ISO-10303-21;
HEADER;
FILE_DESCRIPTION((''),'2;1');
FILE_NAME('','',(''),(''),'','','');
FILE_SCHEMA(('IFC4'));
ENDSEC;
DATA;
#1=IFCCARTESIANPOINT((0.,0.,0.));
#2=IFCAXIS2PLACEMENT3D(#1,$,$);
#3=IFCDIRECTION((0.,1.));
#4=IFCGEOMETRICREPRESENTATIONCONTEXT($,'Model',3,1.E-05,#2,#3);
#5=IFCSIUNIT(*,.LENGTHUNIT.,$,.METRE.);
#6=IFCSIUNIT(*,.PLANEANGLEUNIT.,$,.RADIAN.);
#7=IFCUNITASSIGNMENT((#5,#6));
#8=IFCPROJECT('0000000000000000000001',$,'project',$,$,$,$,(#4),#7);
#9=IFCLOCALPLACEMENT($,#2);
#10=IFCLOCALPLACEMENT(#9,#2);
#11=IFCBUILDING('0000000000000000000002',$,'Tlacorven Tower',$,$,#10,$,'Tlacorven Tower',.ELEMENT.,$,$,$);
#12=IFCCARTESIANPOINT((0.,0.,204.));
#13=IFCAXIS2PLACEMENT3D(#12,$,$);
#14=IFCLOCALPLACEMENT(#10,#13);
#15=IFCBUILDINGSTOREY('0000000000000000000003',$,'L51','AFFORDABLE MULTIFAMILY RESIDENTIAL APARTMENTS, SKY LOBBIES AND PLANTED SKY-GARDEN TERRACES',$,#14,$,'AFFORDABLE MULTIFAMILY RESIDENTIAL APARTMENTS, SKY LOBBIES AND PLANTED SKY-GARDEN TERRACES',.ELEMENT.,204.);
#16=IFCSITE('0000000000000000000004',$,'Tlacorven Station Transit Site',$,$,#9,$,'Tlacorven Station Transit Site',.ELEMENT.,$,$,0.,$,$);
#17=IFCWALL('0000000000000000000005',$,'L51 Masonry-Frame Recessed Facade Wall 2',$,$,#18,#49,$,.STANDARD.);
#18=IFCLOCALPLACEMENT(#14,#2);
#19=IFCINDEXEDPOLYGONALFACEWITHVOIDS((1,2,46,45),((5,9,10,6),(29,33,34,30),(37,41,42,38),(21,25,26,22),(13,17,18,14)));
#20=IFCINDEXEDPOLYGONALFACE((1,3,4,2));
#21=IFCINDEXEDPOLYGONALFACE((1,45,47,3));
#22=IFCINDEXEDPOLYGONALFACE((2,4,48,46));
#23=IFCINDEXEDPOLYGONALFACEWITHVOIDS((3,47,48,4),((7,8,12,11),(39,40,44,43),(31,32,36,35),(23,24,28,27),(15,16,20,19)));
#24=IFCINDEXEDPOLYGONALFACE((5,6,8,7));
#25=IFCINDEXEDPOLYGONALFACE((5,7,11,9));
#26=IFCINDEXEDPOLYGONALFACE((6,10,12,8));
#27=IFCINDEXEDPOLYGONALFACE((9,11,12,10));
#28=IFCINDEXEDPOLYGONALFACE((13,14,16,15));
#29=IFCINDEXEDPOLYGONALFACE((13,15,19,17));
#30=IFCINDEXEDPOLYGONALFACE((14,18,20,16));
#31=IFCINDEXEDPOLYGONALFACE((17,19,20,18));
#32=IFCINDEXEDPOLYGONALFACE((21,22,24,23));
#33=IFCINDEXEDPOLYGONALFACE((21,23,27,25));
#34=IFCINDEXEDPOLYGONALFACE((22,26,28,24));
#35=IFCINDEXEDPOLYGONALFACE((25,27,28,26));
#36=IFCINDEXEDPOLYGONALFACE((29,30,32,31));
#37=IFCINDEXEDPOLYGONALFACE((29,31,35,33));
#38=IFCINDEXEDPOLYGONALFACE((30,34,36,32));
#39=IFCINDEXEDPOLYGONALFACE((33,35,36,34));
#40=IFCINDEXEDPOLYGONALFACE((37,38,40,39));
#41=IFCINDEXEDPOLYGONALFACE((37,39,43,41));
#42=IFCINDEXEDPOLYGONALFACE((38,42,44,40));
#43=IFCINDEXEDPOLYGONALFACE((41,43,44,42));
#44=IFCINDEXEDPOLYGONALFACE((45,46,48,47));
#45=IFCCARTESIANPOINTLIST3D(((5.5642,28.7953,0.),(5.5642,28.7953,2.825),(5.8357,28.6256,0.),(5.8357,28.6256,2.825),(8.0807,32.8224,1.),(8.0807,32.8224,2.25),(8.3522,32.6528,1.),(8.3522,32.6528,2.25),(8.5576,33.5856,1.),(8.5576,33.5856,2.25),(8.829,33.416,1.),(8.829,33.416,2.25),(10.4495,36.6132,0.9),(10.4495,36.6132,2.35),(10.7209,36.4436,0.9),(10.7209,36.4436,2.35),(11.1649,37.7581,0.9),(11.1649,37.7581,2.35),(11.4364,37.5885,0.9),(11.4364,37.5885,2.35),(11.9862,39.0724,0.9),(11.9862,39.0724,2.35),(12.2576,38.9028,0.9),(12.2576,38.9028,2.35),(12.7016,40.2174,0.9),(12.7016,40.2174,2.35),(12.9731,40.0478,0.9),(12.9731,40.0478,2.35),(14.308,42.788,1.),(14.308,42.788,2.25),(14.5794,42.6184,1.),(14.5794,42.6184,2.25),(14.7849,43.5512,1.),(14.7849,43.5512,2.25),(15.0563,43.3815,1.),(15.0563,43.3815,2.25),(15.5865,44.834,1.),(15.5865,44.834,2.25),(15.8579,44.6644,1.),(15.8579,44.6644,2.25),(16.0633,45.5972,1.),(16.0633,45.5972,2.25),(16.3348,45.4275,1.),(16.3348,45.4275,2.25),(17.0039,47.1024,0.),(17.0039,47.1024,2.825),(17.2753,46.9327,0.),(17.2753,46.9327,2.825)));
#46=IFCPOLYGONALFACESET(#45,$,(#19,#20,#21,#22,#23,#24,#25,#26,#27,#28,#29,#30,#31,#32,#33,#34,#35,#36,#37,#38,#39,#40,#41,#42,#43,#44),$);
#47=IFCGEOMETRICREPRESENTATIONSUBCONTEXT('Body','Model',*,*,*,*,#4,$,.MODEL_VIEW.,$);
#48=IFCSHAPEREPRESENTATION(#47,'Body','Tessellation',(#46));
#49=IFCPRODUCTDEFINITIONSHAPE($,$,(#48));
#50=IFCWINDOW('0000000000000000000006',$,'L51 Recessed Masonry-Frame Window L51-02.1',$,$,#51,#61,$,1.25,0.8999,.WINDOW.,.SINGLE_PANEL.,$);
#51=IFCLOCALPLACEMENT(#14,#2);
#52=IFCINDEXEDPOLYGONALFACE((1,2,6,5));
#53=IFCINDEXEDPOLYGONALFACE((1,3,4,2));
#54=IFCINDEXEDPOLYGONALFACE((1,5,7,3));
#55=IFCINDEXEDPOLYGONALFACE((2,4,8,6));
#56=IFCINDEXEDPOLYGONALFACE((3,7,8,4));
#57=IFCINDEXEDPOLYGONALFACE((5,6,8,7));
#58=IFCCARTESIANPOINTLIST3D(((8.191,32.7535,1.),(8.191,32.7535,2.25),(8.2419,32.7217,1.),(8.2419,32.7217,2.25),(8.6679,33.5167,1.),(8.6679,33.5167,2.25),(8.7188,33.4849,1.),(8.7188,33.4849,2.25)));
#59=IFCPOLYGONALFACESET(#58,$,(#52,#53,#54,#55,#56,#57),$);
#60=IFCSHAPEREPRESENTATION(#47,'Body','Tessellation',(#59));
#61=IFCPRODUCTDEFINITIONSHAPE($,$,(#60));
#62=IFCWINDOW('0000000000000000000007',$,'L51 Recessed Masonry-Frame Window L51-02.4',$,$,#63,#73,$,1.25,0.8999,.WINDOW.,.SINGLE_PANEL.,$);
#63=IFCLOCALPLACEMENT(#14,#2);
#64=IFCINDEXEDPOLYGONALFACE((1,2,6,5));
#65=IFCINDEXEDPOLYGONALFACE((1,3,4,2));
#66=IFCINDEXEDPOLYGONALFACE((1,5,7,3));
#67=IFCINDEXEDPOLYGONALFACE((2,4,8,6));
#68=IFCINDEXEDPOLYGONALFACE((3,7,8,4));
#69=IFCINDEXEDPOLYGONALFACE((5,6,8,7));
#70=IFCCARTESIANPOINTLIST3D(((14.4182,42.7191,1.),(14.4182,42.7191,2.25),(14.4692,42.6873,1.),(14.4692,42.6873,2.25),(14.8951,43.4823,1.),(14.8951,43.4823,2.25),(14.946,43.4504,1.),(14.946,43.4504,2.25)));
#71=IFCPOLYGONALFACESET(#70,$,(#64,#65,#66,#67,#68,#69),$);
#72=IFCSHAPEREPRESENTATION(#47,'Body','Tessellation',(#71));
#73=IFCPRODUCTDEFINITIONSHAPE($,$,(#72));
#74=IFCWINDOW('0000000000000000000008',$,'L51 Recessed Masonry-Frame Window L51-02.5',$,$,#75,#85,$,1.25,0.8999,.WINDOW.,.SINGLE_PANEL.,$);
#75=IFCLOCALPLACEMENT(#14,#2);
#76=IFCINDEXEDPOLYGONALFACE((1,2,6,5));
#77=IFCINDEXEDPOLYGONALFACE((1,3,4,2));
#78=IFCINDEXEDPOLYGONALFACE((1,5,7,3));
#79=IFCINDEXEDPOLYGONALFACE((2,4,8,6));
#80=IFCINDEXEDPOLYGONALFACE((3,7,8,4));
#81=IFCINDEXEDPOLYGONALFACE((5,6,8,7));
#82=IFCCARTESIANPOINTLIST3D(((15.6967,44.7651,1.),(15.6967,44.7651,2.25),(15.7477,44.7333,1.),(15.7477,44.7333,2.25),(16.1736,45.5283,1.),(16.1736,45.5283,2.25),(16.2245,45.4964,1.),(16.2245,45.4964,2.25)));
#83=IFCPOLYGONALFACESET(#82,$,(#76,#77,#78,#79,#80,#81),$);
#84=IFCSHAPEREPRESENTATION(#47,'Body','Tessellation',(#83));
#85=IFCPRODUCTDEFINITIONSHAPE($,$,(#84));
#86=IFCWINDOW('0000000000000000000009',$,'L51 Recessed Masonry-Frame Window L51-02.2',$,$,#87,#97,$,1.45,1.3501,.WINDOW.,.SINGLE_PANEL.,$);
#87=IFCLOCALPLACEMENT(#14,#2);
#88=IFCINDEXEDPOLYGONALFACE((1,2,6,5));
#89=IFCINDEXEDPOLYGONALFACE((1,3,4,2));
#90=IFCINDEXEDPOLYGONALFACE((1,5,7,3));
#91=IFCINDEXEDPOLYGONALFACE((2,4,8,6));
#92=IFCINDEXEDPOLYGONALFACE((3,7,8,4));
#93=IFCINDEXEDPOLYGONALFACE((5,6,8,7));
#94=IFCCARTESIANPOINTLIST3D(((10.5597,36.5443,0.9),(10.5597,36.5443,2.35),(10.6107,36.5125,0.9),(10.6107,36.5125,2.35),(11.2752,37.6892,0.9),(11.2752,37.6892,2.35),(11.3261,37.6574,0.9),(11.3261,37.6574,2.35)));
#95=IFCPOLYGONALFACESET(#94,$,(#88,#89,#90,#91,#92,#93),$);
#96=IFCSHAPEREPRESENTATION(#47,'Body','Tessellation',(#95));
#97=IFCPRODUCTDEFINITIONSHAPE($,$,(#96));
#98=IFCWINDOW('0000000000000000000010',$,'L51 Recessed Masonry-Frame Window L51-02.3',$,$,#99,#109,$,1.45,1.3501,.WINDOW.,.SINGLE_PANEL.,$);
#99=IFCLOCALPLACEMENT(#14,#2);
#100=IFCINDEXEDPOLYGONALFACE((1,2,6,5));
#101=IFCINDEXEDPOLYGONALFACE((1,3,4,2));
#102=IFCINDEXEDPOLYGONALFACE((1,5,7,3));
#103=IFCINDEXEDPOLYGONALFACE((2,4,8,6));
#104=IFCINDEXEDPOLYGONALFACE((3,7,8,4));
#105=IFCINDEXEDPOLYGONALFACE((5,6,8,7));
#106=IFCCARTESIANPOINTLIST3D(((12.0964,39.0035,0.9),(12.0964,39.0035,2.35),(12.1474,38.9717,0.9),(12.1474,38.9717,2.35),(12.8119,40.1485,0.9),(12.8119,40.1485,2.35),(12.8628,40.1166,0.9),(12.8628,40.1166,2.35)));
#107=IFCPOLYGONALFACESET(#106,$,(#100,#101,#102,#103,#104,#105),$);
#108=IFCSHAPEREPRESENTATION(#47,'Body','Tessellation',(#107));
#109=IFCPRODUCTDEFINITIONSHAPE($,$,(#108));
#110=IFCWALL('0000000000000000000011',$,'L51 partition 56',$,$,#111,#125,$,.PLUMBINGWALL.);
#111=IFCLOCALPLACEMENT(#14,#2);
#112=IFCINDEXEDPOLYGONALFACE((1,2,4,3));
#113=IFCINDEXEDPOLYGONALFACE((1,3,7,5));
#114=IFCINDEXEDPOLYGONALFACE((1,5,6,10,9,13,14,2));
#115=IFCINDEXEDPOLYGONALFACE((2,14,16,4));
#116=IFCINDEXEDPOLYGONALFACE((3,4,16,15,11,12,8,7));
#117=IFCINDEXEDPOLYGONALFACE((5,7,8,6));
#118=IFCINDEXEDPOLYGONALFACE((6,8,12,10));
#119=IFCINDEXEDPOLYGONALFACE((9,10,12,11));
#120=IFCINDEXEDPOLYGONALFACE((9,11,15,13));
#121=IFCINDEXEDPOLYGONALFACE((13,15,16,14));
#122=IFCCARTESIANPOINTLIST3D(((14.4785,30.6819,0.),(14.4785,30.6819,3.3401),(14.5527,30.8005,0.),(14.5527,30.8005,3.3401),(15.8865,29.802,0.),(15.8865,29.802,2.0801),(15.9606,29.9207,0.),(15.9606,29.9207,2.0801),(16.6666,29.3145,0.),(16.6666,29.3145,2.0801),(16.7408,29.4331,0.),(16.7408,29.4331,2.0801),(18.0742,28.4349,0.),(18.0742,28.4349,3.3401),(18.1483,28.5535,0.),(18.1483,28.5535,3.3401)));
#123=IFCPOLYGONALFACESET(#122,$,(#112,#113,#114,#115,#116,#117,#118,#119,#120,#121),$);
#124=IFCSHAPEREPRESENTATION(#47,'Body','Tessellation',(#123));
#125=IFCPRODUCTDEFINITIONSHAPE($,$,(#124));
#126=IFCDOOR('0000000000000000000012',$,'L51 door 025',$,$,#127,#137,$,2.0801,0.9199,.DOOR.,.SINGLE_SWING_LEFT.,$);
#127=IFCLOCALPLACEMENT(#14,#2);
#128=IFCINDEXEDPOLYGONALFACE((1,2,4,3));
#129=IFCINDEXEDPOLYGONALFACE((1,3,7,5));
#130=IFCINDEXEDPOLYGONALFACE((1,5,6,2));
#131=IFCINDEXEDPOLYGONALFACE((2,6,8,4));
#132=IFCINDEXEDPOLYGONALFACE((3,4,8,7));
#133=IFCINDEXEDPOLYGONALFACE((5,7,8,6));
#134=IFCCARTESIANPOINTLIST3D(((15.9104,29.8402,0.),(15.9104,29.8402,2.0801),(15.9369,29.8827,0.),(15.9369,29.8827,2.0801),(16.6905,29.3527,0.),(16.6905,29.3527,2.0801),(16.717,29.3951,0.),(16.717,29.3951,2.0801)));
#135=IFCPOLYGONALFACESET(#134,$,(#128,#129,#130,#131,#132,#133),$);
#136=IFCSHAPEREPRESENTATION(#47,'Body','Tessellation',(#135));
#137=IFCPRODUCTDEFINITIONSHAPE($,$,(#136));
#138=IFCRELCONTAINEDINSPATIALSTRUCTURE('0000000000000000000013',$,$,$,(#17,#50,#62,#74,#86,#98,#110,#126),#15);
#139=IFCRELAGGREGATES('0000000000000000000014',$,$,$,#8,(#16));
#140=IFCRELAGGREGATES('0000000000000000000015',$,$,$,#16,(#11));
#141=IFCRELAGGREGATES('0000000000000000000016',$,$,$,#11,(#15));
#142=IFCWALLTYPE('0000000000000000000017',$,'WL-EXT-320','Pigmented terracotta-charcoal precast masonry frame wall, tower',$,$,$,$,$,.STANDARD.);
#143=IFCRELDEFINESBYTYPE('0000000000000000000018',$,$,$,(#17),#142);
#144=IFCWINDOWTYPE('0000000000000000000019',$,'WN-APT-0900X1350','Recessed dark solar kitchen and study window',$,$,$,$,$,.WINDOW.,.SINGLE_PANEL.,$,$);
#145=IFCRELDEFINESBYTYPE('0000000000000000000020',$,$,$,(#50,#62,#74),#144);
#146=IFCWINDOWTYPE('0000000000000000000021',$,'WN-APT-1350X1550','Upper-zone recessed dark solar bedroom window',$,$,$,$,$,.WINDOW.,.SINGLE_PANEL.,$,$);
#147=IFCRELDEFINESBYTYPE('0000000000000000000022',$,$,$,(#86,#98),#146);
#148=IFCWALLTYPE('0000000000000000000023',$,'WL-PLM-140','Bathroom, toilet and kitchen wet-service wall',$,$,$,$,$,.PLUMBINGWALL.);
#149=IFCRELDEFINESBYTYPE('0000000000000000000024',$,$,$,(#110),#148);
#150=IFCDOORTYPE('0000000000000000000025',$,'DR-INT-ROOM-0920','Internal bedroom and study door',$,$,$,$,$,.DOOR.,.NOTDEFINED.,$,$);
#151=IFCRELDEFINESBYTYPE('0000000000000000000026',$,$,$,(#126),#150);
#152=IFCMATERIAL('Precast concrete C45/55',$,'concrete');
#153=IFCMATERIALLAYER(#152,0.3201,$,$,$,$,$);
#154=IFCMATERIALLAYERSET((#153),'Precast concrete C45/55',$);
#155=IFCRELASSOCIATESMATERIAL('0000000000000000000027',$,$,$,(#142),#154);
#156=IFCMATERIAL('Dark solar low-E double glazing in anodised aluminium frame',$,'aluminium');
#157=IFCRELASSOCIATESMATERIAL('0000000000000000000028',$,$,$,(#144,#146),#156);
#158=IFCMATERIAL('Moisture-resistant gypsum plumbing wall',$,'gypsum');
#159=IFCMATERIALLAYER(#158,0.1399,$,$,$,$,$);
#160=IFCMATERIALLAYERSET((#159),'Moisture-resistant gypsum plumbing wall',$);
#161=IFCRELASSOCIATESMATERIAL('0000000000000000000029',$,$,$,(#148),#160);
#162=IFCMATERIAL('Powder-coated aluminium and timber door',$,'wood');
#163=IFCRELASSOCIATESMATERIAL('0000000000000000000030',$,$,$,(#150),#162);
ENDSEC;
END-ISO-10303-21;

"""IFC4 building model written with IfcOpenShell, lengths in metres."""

from ifc_helpers import new_model, si_unit, direction, frame, frame_2d, origin, place, context, subcontext, project, spatial, rectangle, extrude, source, transform, mapped, material, layer, layer_set, type_object, element, fill, save


model = new_model("IFC4")

# Units and contexts
model_context = context("Model", 3, precision=1e-05, world=origin(), true_north=direction((0.0, 1.0)))
body_context = subcontext(model_context, "Body", "Model", "MODEL_VIEW")
ifc_project = project(units=[si_unit("LENGTHUNIT", "METRE"), si_unit("PLANEANGLEUNIT", "RADIAN")], contexts=[model_context])

# Site, building, storey
site_placement = place(None, origin())
site = spatial("IfcSite", under=ifc_project, at=site_placement, Name="Tlacorven Station Transit Site", LongName="Tlacorven Station Transit Site", CompositionType="ELEMENT", RefElevation=0.0)
building_placement = place(site_placement, origin())
building = spatial("IfcBuilding", under=site, at=building_placement, Name="Tlacorven Tower", LongName="Tlacorven Tower", CompositionType="ELEMENT")
storey_placement = place(building_placement, frame((0.0, 0.0, 204.0)))
storey = spatial("IfcBuildingStorey", under=building, at=storey_placement, Name="L51", Description="AFFORDABLE MULTIFAMILY RESIDENTIAL APARTMENTS, SKY LOBBIES AND PLANTED SKY-GARDEN TERRACES", LongName="AFFORDABLE MULTIFAMILY RESIDENTIAL APARTMENTS, SKY LOBBIES AND PLANTED SKY-GARDEN TERRACES", CompositionType="ELEMENT", Elevation=204.0)

# Wall, openings, windows
ifc_material_1 = material(Name="Precast concrete C45/55", Category="concrete")
ifc_layer_1 = layer(ifc_material_1, 0.3201)
ifc_layer_set_1 = layer_set([ifc_layer_1], Name="Precast concrete C45/55")
wall_type_1 = type_object("IfcWallType", Name="WL-EXT-320", Description="Pigmented terracotta-charcoal precast masonry frame wall, tower", PredefinedType="STANDARD", material=ifc_layer_set_1)
wall_1_placement = place(storey_placement, frame((5.7, 28.7104, 0.0), z_axis=(0.0, 0.0, 1.0), x_axis=(0.529924, 0.848045, 0.0)))
wall_1 = element("IfcWall", 1, at=wall_1_placement, inside=storey, type_object=wall_type_1, Name="L51 Masonry-Frame Recessed Facade Wall 2", PredefinedType="STANDARD", context=body_context, shape_type="SweptSolid", body=[
    extrude(rectangle(XDim=21.5874, YDim=0.3201, at=frame_2d((10.7937, 0.0))), origin(), (0.0, 0.0, 1.0), 2.825),
])
opening_1_placement = place(wall_1_placement, frame((4.7488, 0.0, 1.0)))
opening_1 = element("IfcOpeningElement", 2, at=opening_1_placement, cuts=wall_1, PredefinedType="OPENING", context=body_context, shape_type="SweptSolid", body=[
    extrude(rectangle(XDim=0.8999, YDim=1.25, at=frame_2d((0.45, 0.625))), frame((0.0, 0.1699, 0.0), z_axis=(0.0, -1.0, 0.0), x_axis=(1.0, 0.0, 0.0)), (0.0, 0.0, 1.0), 0.3401),
])
opening_2_placement = place(wall_1_placement, frame((9.2188, 0.0, 0.8999)))
opening_2 = element("IfcOpeningElement", 3, at=opening_2_placement, cuts=wall_1, PredefinedType="OPENING", context=body_context, shape_type="SweptSolid", body=[
    extrude(rectangle(XDim=1.3501, YDim=1.45, at=frame_2d((0.675, 0.7251))), frame((0.0, 0.1699, 0.0), z_axis=(0.0, -1.0, 0.0), x_axis=(1.0, 0.0, 0.0)), (0.0, 0.0, 1.0), 0.3401),
])
opening_3_placement = place(wall_1_placement, frame((12.1187, 0.0, 0.8999)))
opening_3 = element("IfcOpeningElement", 4, at=opening_3_placement, cuts=wall_1, PredefinedType="OPENING", context=body_context, shape_type="SweptSolid", body=[
    extrude(rectangle(XDim=1.3501, YDim=1.45, at=frame_2d((0.675, 0.7251))), frame((0.0, 0.1699, 0.0), z_axis=(0.0, -1.0, 0.0), x_axis=(1.0, 0.0, 0.0)), (0.0, 0.0, 1.0), 0.3401),
])
opening_4_placement = place(wall_1_placement, frame((16.5, 0.0, 1.0)))
opening_4 = element("IfcOpeningElement", 5, at=opening_4_placement, cuts=wall_1, PredefinedType="OPENING", context=body_context, shape_type="SweptSolid", body=[
    extrude(rectangle(XDim=0.8999, YDim=1.25, at=frame_2d((0.45, 0.625))), frame((0.0, 0.1699, 0.0), z_axis=(0.0, -1.0, 0.0), x_axis=(1.0, 0.0, 0.0)), (0.0, 0.0, 1.0), 0.3401),
])
opening_5_placement = place(wall_1_placement, frame((18.9126, 0.0, 1.0)))
opening_5 = element("IfcOpeningElement", 6, at=opening_5_placement, cuts=wall_1, PredefinedType="OPENING", context=body_context, shape_type="SweptSolid", body=[
    extrude(rectangle(XDim=0.8999, YDim=1.25, at=frame_2d((0.45, 0.625))), frame((0.0, 0.1699, 0.0), z_axis=(0.0, -1.0, 0.0), x_axis=(1.0, 0.0, 0.0)), (0.0, 0.0, 1.0), 0.3401),
])
ifc_material_2 = material(Name="Dark solar low-E double glazing in anodised aluminium frame", Category="aluminium")
window_type_1 = type_object("IfcWindowType", Name="WN-APT-0900X1350", Description="Recessed dark solar kitchen and study window", PartitioningType="SINGLE_PANEL", PredefinedType="WINDOW", material=ifc_material_2)
shared_shape_1 = source(origin(), body_context, "Body", "SweptSolid", [
    extrude(rectangle(XDim=0.8999, YDim=1.25, at=frame_2d((0.45, 0.625))), frame((0.0, 0.03, 0.0), z_axis=(0.0, -1.0, 0.0), x_axis=(1.0, 0.0, 0.0)), (0.0, 0.0, 1.0), 0.0601),
])
window_1_placement = place(opening_1_placement, origin())
window_1 = element("IfcWindow", 7, at=window_1_placement, inside=storey, type_object=window_type_1, Name="L51 Recessed Masonry-Frame Window L51-02.1", OverallHeight=1.25, OverallWidth=0.8999, PartitioningType="SINGLE_PANEL", PredefinedType="WINDOW", context=body_context, shape_type="MappedRepresentation", body=[
    mapped(shared_shape_1, transform((0.0, 0.0, 0.0), scale=1.0)),
])
fill(opening_1, window_1)
window_2_placement = place(opening_4_placement, origin())
window_2 = element("IfcWindow", 8, at=window_2_placement, inside=storey, type_object=window_type_1, Name="L51 Recessed Masonry-Frame Window L51-02.4", OverallHeight=1.25, OverallWidth=0.8999, PartitioningType="SINGLE_PANEL", PredefinedType="WINDOW", context=body_context, shape_type="MappedRepresentation", body=[
    mapped(shared_shape_1, transform((0.0, 0.0, 0.0), scale=1.0)),
])
fill(opening_4, window_2)
window_3_placement = place(opening_5_placement, origin())
window_3 = element("IfcWindow", 9, at=window_3_placement, inside=storey, type_object=window_type_1, Name="L51 Recessed Masonry-Frame Window L51-02.5", OverallHeight=1.25, OverallWidth=0.8999, PartitioningType="SINGLE_PANEL", PredefinedType="WINDOW", context=body_context, shape_type="MappedRepresentation", body=[
    mapped(shared_shape_1, transform((0.0, 0.0, 0.0), scale=1.0)),
])
fill(opening_5, window_3)
window_type_2 = type_object("IfcWindowType", Name="WN-APT-1350X1550", Description="Upper-zone recessed dark solar bedroom window", PartitioningType="SINGLE_PANEL", PredefinedType="WINDOW", material=ifc_material_2)
shared_shape_2 = source(origin(), body_context, "Body", "SweptSolid", [
    extrude(rectangle(XDim=1.3501, YDim=1.45, at=frame_2d((0.675, 0.7251))), frame((0.0, 0.03, 0.0), z_axis=(0.0, -1.0, 0.0), x_axis=(1.0, 0.0, 0.0)), (0.0, 0.0, 1.0), 0.0601),
])
window_4_placement = place(opening_2_placement, origin())
window_4 = element("IfcWindow", 10, at=window_4_placement, inside=storey, type_object=window_type_2, Name="L51 Recessed Masonry-Frame Window L51-02.2", OverallHeight=1.45, OverallWidth=1.3501, PartitioningType="SINGLE_PANEL", PredefinedType="WINDOW", context=body_context, shape_type="MappedRepresentation", body=[
    mapped(shared_shape_2, transform((0.0, 0.0, 0.0), scale=1.0)),
])
fill(opening_2, window_4)
window_5_placement = place(opening_3_placement, origin())
window_5 = element("IfcWindow", 11, at=window_5_placement, inside=storey, type_object=window_type_2, Name="L51 Recessed Masonry-Frame Window L51-02.3", OverallHeight=1.45, OverallWidth=1.3501, PartitioningType="SINGLE_PANEL", PredefinedType="WINDOW", context=body_context, shape_type="MappedRepresentation", body=[
    mapped(shared_shape_2, transform((0.0, 0.0, 0.0), scale=1.0)),
])
fill(opening_3, window_5)

# Wall, opening, door
ifc_material_3 = material(Name="Moisture-resistant gypsum plumbing wall", Category="gypsum")
ifc_layer_2 = layer(ifc_material_3, 0.1399)
ifc_layer_set_2 = layer_set([ifc_layer_2], Name="Moisture-resistant gypsum plumbing wall")
wall_type_2 = type_object("IfcWallType", Name="WL-PLM-140", Description="Bathroom, toilet and kitchen wet-service wall", PredefinedType="PLUMBINGWALL", material=ifc_layer_set_2)
wall_2_placement = place(storey_placement, frame((18.1113, 28.4941, 0.0), z_axis=(0.0, 0.0, 1.0), x_axis=(-0.848024, 0.529958, 0.0)))
wall_2 = element("IfcWall", 12, at=wall_2_placement, inside=storey, type_object=wall_type_2, Name="L51 partition 56", PredefinedType="PLUMBINGWALL", context=body_context, shape_type="SweptSolid", body=[
    extrude(rectangle(XDim=4.24, YDim=0.1399, at=frame_2d((2.1201, 0.0))), origin(), (0.0, 0.0, 1.0), 3.3401),
])
opening_6_placement = place(wall_2_placement, frame((1.6599, 0.0, 0.0)))
opening_6 = element("IfcOpeningElement", 13, at=opening_6_placement, cuts=wall_2, PredefinedType="OPENING", context=body_context, shape_type="SweptSolid", body=[
    extrude(rectangle(XDim=0.9199, YDim=2.0801, at=frame_2d((0.46, 1.04))), frame((0.0, 0.0801, 0.0), z_axis=(0.0, -1.0, 0.0), x_axis=(1.0, 0.0, 0.0)), (0.0, 0.0, 1.0), 0.1599),
])
ifc_material_4 = material(Name="Powder-coated aluminium and timber door", Category="wood")
door_type = type_object("IfcDoorType", Name="DR-INT-ROOM-0920", Description="Internal bedroom and study door", OperationType="NOTDEFINED", PredefinedType="DOOR", material=ifc_material_4)
shared_shape_3 = source(origin(), body_context, "Body", "SweptSolid", [
    extrude(rectangle(XDim=0.9199, YDim=2.0801, at=frame_2d((0.46, 1.04))), frame((0.0, 0.0249, 0.0), z_axis=(0.0, -1.0, 0.0), x_axis=(1.0, 0.0, 0.0)), (0.0, 0.0, 1.0), 0.05),
])
door_1_placement = place(opening_6_placement, origin())
door_1 = element("IfcDoor", 14, at=door_1_placement, inside=storey, type_object=door_type, Name="L51 door 025", OperationType="SINGLE_SWING_LEFT", OverallHeight=2.0801, OverallWidth=0.9199, PredefinedType="DOOR", context=body_context, shape_type="MappedRepresentation", body=[
    mapped(shared_shape_3, transform((0.0, 0.0, 0.0), scale=1.0)),
])
fill(opening_6, door_1)

save(model, "model.ifc")
